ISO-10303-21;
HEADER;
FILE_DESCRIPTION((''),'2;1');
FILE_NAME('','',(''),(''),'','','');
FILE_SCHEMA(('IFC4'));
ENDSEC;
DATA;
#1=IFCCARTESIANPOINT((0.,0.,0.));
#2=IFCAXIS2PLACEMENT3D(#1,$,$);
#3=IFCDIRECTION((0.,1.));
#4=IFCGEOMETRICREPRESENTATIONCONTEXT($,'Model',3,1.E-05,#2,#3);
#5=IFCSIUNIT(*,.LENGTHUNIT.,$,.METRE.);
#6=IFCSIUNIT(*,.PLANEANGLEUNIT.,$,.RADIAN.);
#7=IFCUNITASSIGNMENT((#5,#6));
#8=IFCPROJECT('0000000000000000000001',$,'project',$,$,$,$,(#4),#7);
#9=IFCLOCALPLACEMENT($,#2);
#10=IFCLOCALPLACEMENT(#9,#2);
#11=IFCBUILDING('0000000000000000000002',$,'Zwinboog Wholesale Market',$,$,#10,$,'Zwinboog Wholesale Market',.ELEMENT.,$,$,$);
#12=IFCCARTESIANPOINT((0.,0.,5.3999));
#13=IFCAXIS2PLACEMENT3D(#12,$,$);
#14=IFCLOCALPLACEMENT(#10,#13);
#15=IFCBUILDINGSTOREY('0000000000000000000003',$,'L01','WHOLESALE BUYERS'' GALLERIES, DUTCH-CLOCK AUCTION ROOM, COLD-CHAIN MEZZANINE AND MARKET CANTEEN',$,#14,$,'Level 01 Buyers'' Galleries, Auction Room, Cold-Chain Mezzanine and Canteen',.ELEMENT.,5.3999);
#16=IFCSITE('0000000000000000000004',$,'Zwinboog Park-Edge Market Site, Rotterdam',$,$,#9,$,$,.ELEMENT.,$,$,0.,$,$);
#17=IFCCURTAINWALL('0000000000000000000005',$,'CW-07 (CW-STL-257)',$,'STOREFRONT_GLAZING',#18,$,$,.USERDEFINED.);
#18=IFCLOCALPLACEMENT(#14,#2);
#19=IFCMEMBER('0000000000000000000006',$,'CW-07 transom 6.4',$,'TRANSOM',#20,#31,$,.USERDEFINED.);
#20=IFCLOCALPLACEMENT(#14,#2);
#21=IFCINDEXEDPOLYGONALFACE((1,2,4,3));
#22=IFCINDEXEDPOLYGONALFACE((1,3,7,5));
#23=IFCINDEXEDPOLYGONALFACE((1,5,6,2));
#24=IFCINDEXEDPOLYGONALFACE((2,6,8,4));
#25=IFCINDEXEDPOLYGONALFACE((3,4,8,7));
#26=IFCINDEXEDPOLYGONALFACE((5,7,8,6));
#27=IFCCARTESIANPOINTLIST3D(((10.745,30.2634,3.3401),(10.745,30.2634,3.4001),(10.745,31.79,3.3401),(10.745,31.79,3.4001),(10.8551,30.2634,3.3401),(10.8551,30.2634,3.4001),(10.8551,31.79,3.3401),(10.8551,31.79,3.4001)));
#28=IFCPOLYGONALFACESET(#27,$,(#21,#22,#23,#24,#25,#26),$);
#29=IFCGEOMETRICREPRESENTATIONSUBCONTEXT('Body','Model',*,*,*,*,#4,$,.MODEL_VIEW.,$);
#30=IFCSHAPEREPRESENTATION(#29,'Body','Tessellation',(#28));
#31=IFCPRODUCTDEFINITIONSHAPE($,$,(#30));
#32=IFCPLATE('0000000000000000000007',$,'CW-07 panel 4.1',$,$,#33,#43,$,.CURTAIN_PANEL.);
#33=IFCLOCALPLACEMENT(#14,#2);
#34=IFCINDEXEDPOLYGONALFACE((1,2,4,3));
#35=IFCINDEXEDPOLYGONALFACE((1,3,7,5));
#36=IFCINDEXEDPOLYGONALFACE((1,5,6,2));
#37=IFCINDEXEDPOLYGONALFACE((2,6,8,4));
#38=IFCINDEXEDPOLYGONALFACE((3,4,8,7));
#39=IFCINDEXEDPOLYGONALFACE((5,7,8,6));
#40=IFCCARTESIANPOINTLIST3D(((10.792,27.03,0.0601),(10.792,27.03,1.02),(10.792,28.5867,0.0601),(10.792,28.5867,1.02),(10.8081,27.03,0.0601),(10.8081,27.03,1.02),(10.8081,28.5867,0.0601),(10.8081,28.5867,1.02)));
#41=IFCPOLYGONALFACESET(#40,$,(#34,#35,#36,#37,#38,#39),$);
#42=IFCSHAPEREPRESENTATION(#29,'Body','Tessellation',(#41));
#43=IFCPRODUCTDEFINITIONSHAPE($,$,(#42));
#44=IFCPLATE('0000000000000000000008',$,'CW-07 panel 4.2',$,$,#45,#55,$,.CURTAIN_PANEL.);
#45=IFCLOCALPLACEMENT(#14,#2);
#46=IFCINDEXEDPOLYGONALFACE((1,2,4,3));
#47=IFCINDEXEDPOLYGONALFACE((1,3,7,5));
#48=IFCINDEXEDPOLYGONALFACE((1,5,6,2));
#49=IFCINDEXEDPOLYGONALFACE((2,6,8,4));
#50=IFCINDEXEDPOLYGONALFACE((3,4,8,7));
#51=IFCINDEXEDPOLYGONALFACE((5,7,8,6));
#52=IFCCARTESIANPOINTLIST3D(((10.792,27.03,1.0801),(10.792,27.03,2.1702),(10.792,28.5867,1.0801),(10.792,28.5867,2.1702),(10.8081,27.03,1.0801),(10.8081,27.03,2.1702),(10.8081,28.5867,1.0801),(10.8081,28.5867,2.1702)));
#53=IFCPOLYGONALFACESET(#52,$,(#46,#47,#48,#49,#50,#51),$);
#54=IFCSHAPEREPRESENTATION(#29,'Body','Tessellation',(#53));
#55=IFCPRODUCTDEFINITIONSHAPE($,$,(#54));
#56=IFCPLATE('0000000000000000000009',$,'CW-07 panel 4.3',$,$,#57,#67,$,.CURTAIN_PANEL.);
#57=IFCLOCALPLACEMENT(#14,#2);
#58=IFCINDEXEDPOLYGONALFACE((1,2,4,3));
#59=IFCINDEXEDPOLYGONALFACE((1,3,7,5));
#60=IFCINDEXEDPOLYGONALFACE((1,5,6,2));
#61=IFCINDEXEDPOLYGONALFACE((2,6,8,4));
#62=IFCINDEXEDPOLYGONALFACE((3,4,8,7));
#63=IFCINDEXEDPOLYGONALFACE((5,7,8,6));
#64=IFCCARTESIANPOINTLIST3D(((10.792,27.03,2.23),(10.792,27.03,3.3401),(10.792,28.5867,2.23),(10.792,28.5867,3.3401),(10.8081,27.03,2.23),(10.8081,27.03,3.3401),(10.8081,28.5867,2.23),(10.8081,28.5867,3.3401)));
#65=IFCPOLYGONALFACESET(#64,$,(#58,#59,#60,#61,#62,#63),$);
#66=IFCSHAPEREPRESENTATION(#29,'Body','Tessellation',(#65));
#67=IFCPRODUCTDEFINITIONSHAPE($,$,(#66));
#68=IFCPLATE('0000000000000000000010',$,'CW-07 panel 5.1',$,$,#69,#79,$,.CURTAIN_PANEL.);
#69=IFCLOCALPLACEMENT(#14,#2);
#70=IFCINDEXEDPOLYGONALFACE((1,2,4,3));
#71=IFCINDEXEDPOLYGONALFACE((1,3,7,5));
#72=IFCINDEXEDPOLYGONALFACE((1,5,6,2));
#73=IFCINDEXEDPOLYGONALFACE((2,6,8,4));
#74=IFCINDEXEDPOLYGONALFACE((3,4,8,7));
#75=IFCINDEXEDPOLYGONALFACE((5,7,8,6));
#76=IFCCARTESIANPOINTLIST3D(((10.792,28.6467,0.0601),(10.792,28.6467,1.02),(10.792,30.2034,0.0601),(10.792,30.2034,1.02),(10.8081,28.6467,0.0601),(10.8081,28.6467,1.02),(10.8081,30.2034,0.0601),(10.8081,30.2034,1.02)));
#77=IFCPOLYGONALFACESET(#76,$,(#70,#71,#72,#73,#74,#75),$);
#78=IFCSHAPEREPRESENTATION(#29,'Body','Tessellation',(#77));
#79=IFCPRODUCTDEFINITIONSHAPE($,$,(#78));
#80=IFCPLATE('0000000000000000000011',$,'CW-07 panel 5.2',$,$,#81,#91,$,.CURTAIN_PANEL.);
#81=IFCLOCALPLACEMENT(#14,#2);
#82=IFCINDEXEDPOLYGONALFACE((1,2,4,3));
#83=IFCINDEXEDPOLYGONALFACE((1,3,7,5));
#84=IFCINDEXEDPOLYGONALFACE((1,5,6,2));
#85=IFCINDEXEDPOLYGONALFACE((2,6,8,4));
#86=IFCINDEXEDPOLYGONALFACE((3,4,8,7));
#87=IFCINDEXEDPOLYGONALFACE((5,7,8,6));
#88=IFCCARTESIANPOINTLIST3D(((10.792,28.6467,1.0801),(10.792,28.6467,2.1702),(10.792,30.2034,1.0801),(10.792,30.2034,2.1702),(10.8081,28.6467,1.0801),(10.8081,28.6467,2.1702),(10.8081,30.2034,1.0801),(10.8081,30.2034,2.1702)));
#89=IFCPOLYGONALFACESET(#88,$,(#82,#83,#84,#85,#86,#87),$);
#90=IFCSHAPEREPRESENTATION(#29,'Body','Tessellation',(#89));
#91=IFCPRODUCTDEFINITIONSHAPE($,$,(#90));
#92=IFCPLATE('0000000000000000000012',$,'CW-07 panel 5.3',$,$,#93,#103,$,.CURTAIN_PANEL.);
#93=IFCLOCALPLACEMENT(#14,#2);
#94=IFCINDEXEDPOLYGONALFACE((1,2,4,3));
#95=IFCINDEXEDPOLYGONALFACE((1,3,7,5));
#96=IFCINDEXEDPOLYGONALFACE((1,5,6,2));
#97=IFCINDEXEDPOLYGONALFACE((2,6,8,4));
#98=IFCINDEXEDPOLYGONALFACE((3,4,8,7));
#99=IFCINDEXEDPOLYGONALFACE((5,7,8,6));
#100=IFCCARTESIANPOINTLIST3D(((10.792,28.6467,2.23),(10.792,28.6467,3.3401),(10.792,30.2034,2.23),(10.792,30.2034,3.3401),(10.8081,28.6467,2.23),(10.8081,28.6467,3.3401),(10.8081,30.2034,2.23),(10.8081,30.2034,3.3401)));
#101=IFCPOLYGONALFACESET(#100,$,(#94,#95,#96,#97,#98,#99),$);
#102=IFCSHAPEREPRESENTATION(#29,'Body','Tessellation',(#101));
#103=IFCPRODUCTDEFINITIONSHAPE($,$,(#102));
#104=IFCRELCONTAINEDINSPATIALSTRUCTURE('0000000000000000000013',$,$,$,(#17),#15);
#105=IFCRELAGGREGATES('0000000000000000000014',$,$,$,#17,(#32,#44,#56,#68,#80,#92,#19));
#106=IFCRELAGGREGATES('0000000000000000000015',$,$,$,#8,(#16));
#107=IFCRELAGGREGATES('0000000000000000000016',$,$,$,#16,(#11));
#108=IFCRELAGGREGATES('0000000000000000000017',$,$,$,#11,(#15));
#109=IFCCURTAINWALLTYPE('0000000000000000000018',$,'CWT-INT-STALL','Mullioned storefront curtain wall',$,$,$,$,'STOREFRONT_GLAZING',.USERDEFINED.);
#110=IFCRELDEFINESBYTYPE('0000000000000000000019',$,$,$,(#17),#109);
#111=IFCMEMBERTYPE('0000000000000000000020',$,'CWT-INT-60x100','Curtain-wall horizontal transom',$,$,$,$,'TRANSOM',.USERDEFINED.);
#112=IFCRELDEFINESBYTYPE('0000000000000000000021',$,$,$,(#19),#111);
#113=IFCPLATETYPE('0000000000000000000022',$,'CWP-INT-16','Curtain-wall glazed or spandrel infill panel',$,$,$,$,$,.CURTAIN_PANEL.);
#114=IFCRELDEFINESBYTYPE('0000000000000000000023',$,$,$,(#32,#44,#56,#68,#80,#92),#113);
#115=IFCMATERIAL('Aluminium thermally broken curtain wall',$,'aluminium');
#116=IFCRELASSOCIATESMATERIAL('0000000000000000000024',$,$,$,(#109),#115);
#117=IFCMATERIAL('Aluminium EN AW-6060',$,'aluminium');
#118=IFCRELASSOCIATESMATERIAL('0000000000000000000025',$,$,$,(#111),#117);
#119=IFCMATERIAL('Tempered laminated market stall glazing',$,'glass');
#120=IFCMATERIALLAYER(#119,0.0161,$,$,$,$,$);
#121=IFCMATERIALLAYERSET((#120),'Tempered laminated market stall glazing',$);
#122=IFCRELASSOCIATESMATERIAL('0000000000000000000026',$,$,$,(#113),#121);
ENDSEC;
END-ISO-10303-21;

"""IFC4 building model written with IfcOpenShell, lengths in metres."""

from ifc_helpers import new_model, si_unit, direction, frame, origin, origin_2d, place, context, subcontext, project, spatial, rectangle, extrude, material, layer, layer_set, material_profile, profile_set, type_object, element, aggregate, save


model = new_model("IFC4")

# Units and contexts
model_context = context("Model", 3, precision=1e-05, world=origin(), true_north=direction((0.0, 1.0)))
body_context = subcontext(model_context, "Body", "Model", "MODEL_VIEW")
ifc_project = project(units=[si_unit("LENGTHUNIT", "METRE"), si_unit("PLANEANGLEUNIT", "RADIAN")], contexts=[model_context])

# Site, building, storey
site_placement = place(None, origin())
site = spatial("IfcSite", under=ifc_project, at=site_placement, Name="Zwinboog Park-Edge Market Site, Rotterdam", CompositionType="ELEMENT", RefElevation=0.0)
building_placement = place(site_placement, origin())
building = spatial("IfcBuilding", under=site, at=building_placement, Name="Zwinboog Wholesale Market", LongName="Zwinboog Wholesale Market", CompositionType="ELEMENT")
storey_placement = place(building_placement, frame((0.0, 0.0, 5.3999)))
storey = spatial("IfcBuildingStorey", under=building, at=storey_placement, Name="L01", Description="WHOLESALE BUYERS' GALLERIES, DUTCH-CLOCK AUCTION ROOM, COLD-CHAIN MEZZANINE AND MARKET CANTEEN", LongName="Level 01 Buyers' Galleries, Auction Room, Cold-Chain Mezzanine and Canteen", CompositionType="ELEMENT", Elevation=5.3999)

# Curtain wall, member, plates
ifc_material_1 = material(Name="Aluminium thermally broken curtain wall", Category="aluminium")
curtain_wall_type = type_object("IfcCurtainWallType", Name="CWT-INT-STALL", Description="Mullioned storefront curtain wall", ElementType="STOREFRONT_GLAZING", PredefinedType="USERDEFINED", material=ifc_material_1)
curtain_wall_placement = place(storey_placement, origin())
curtain_wall = element("IfcCurtainWall", 1, at=curtain_wall_placement, inside=storey, type_object=curtain_wall_type, Name="CW-07 (CW-STL-257)", ObjectType="STOREFRONT_GLAZING", PredefinedType="USERDEFINED")
ifc_material_2 = material(Name="Aluminium EN AW-6060", Category="aluminium")
ifc_material_profile_1 = material_profile(ifc_material_2, rectangle(XDim=0.1101, YDim=0.0601, at=origin_2d()), Name="AL 60x110")
ifc_profile_set_1 = profile_set([ifc_material_profile_1], Name="Aluminium EN AW-6060")
member_type_1 = type_object("IfcMemberType", Name="CWT-INT-60x100", Description="Curtain-wall horizontal transom", ElementType="TRANSOM", PredefinedType="USERDEFINED", material=ifc_profile_set_1)
member_1_placement = place(storey_placement, frame((10.8, 30.2634, 3.3701), z_axis=(0.0, 1.0, 0.0), x_axis=(-1.0, 0.0, 0.0)))
member_1 = element("IfcMember", 2, at=member_1_placement, type_object=member_type_1, Name="CW-07 transom 6.4", ObjectType="TRANSOM", PredefinedType="USERDEFINED", context=body_context, shape_type="SweptSolid", body=[
    extrude(rectangle(XDim=0.1101, YDim=0.0601, at=origin_2d()), origin(), (0.0, 0.0, 1.0), 1.5266),
])
ifc_material_3 = material(Name="Tempered laminated market stall glazing", Category="glass")
ifc_layer = layer(ifc_material_3, 0.0161)
ifc_layer_set = layer_set([ifc_layer], Name="Tempered laminated market stall glazing")
plate_type = type_object("IfcPlateType", Name="CWP-INT-16", Description="Curtain-wall glazed or spandrel infill panel", PredefinedType="CURTAIN_PANEL", material=ifc_layer_set)
plate_1_placement = place(storey_placement, frame((10.8, 27.8083, 0.0601), z_axis=(0.0, 0.0, 1.0), x_axis=(0.0, 1.0, 0.0)))
plate_1 = element("IfcPlate", 3, at=plate_1_placement, type_object=plate_type, Name="CW-07 panel 4.1", PredefinedType="CURTAIN_PANEL", context=body_context, shape_type="SweptSolid", body=[
    extrude(rectangle(XDim=1.5566, YDim=0.0161, at=origin_2d()), origin(), (0.0, 0.0, 1.0), 0.96),
])
plate_2_placement = place(storey_placement, frame((10.8, 27.8083, 1.0801), z_axis=(0.0, 0.0, 1.0), x_axis=(0.0, 1.0, 0.0)))
plate_2 = element("IfcPlate", 4, at=plate_2_placement, type_object=plate_type, Name="CW-07 panel 4.2", PredefinedType="CURTAIN_PANEL", context=body_context, shape_type="SweptSolid", body=[
    extrude(rectangle(XDim=1.5566, YDim=0.0161, at=origin_2d()), origin(), (0.0, 0.0, 1.0), 1.0901),
])
plate_3_placement = place(storey_placement, frame((10.8, 27.8083, 2.23), z_axis=(0.0, 0.0, 1.0), x_axis=(0.0, 1.0, 0.0)))
plate_3 = element("IfcPlate", 5, at=plate_3_placement, type_object=plate_type, Name="CW-07 panel 4.3", PredefinedType="CURTAIN_PANEL", context=body_context, shape_type="SweptSolid", body=[
    extrude(rectangle(XDim=1.5566, YDim=0.0161, at=origin_2d()), origin(), (0.0, 0.0, 1.0), 1.1101),
])
plate_4_placement = place(storey_placement, frame((10.8, 29.425, 0.0601), z_axis=(0.0, 0.0, 1.0), x_axis=(0.0, 1.0, 0.0)))
plate_4 = element("IfcPlate", 6, at=plate_4_placement, type_object=plate_type, Name="CW-07 panel 5.1", PredefinedType="CURTAIN_PANEL", context=body_context, shape_type="SweptSolid", body=[
    extrude(rectangle(XDim=1.5566, YDim=0.0161, at=origin_2d()), origin(), (0.0, 0.0, 1.0), 0.96),
])
plate_5_placement = place(storey_placement, frame((10.8, 29.425, 1.0801), z_axis=(0.0, 0.0, 1.0), x_axis=(0.0, 1.0, 0.0)))
plate_5 = element("IfcPlate", 7, at=plate_5_placement, type_object=plate_type, Name="CW-07 panel 5.2", PredefinedType="CURTAIN_PANEL", context=body_context, shape_type="SweptSolid", body=[
    extrude(rectangle(XDim=1.5566, YDim=0.0161, at=origin_2d()), origin(), (0.0, 0.0, 1.0), 1.0901),
])
plate_6_placement = place(storey_placement, frame((10.8, 29.425, 2.23), z_axis=(0.0, 0.0, 1.0), x_axis=(0.0, 1.0, 0.0)))
plate_6 = element("IfcPlate", 8, at=plate_6_placement, type_object=plate_type, Name="CW-07 panel 5.3", PredefinedType="CURTAIN_PANEL", context=body_context, shape_type="SweptSolid", body=[
    extrude(rectangle(XDim=1.5566, YDim=0.0161, at=origin_2d()), origin(), (0.0, 0.0, 1.0), 1.1101),
])
aggregate(curtain_wall, [plate_1, plate_2, plate_3, plate_4, plate_5, plate_6, member_1])

save(model, "model.ifc")
